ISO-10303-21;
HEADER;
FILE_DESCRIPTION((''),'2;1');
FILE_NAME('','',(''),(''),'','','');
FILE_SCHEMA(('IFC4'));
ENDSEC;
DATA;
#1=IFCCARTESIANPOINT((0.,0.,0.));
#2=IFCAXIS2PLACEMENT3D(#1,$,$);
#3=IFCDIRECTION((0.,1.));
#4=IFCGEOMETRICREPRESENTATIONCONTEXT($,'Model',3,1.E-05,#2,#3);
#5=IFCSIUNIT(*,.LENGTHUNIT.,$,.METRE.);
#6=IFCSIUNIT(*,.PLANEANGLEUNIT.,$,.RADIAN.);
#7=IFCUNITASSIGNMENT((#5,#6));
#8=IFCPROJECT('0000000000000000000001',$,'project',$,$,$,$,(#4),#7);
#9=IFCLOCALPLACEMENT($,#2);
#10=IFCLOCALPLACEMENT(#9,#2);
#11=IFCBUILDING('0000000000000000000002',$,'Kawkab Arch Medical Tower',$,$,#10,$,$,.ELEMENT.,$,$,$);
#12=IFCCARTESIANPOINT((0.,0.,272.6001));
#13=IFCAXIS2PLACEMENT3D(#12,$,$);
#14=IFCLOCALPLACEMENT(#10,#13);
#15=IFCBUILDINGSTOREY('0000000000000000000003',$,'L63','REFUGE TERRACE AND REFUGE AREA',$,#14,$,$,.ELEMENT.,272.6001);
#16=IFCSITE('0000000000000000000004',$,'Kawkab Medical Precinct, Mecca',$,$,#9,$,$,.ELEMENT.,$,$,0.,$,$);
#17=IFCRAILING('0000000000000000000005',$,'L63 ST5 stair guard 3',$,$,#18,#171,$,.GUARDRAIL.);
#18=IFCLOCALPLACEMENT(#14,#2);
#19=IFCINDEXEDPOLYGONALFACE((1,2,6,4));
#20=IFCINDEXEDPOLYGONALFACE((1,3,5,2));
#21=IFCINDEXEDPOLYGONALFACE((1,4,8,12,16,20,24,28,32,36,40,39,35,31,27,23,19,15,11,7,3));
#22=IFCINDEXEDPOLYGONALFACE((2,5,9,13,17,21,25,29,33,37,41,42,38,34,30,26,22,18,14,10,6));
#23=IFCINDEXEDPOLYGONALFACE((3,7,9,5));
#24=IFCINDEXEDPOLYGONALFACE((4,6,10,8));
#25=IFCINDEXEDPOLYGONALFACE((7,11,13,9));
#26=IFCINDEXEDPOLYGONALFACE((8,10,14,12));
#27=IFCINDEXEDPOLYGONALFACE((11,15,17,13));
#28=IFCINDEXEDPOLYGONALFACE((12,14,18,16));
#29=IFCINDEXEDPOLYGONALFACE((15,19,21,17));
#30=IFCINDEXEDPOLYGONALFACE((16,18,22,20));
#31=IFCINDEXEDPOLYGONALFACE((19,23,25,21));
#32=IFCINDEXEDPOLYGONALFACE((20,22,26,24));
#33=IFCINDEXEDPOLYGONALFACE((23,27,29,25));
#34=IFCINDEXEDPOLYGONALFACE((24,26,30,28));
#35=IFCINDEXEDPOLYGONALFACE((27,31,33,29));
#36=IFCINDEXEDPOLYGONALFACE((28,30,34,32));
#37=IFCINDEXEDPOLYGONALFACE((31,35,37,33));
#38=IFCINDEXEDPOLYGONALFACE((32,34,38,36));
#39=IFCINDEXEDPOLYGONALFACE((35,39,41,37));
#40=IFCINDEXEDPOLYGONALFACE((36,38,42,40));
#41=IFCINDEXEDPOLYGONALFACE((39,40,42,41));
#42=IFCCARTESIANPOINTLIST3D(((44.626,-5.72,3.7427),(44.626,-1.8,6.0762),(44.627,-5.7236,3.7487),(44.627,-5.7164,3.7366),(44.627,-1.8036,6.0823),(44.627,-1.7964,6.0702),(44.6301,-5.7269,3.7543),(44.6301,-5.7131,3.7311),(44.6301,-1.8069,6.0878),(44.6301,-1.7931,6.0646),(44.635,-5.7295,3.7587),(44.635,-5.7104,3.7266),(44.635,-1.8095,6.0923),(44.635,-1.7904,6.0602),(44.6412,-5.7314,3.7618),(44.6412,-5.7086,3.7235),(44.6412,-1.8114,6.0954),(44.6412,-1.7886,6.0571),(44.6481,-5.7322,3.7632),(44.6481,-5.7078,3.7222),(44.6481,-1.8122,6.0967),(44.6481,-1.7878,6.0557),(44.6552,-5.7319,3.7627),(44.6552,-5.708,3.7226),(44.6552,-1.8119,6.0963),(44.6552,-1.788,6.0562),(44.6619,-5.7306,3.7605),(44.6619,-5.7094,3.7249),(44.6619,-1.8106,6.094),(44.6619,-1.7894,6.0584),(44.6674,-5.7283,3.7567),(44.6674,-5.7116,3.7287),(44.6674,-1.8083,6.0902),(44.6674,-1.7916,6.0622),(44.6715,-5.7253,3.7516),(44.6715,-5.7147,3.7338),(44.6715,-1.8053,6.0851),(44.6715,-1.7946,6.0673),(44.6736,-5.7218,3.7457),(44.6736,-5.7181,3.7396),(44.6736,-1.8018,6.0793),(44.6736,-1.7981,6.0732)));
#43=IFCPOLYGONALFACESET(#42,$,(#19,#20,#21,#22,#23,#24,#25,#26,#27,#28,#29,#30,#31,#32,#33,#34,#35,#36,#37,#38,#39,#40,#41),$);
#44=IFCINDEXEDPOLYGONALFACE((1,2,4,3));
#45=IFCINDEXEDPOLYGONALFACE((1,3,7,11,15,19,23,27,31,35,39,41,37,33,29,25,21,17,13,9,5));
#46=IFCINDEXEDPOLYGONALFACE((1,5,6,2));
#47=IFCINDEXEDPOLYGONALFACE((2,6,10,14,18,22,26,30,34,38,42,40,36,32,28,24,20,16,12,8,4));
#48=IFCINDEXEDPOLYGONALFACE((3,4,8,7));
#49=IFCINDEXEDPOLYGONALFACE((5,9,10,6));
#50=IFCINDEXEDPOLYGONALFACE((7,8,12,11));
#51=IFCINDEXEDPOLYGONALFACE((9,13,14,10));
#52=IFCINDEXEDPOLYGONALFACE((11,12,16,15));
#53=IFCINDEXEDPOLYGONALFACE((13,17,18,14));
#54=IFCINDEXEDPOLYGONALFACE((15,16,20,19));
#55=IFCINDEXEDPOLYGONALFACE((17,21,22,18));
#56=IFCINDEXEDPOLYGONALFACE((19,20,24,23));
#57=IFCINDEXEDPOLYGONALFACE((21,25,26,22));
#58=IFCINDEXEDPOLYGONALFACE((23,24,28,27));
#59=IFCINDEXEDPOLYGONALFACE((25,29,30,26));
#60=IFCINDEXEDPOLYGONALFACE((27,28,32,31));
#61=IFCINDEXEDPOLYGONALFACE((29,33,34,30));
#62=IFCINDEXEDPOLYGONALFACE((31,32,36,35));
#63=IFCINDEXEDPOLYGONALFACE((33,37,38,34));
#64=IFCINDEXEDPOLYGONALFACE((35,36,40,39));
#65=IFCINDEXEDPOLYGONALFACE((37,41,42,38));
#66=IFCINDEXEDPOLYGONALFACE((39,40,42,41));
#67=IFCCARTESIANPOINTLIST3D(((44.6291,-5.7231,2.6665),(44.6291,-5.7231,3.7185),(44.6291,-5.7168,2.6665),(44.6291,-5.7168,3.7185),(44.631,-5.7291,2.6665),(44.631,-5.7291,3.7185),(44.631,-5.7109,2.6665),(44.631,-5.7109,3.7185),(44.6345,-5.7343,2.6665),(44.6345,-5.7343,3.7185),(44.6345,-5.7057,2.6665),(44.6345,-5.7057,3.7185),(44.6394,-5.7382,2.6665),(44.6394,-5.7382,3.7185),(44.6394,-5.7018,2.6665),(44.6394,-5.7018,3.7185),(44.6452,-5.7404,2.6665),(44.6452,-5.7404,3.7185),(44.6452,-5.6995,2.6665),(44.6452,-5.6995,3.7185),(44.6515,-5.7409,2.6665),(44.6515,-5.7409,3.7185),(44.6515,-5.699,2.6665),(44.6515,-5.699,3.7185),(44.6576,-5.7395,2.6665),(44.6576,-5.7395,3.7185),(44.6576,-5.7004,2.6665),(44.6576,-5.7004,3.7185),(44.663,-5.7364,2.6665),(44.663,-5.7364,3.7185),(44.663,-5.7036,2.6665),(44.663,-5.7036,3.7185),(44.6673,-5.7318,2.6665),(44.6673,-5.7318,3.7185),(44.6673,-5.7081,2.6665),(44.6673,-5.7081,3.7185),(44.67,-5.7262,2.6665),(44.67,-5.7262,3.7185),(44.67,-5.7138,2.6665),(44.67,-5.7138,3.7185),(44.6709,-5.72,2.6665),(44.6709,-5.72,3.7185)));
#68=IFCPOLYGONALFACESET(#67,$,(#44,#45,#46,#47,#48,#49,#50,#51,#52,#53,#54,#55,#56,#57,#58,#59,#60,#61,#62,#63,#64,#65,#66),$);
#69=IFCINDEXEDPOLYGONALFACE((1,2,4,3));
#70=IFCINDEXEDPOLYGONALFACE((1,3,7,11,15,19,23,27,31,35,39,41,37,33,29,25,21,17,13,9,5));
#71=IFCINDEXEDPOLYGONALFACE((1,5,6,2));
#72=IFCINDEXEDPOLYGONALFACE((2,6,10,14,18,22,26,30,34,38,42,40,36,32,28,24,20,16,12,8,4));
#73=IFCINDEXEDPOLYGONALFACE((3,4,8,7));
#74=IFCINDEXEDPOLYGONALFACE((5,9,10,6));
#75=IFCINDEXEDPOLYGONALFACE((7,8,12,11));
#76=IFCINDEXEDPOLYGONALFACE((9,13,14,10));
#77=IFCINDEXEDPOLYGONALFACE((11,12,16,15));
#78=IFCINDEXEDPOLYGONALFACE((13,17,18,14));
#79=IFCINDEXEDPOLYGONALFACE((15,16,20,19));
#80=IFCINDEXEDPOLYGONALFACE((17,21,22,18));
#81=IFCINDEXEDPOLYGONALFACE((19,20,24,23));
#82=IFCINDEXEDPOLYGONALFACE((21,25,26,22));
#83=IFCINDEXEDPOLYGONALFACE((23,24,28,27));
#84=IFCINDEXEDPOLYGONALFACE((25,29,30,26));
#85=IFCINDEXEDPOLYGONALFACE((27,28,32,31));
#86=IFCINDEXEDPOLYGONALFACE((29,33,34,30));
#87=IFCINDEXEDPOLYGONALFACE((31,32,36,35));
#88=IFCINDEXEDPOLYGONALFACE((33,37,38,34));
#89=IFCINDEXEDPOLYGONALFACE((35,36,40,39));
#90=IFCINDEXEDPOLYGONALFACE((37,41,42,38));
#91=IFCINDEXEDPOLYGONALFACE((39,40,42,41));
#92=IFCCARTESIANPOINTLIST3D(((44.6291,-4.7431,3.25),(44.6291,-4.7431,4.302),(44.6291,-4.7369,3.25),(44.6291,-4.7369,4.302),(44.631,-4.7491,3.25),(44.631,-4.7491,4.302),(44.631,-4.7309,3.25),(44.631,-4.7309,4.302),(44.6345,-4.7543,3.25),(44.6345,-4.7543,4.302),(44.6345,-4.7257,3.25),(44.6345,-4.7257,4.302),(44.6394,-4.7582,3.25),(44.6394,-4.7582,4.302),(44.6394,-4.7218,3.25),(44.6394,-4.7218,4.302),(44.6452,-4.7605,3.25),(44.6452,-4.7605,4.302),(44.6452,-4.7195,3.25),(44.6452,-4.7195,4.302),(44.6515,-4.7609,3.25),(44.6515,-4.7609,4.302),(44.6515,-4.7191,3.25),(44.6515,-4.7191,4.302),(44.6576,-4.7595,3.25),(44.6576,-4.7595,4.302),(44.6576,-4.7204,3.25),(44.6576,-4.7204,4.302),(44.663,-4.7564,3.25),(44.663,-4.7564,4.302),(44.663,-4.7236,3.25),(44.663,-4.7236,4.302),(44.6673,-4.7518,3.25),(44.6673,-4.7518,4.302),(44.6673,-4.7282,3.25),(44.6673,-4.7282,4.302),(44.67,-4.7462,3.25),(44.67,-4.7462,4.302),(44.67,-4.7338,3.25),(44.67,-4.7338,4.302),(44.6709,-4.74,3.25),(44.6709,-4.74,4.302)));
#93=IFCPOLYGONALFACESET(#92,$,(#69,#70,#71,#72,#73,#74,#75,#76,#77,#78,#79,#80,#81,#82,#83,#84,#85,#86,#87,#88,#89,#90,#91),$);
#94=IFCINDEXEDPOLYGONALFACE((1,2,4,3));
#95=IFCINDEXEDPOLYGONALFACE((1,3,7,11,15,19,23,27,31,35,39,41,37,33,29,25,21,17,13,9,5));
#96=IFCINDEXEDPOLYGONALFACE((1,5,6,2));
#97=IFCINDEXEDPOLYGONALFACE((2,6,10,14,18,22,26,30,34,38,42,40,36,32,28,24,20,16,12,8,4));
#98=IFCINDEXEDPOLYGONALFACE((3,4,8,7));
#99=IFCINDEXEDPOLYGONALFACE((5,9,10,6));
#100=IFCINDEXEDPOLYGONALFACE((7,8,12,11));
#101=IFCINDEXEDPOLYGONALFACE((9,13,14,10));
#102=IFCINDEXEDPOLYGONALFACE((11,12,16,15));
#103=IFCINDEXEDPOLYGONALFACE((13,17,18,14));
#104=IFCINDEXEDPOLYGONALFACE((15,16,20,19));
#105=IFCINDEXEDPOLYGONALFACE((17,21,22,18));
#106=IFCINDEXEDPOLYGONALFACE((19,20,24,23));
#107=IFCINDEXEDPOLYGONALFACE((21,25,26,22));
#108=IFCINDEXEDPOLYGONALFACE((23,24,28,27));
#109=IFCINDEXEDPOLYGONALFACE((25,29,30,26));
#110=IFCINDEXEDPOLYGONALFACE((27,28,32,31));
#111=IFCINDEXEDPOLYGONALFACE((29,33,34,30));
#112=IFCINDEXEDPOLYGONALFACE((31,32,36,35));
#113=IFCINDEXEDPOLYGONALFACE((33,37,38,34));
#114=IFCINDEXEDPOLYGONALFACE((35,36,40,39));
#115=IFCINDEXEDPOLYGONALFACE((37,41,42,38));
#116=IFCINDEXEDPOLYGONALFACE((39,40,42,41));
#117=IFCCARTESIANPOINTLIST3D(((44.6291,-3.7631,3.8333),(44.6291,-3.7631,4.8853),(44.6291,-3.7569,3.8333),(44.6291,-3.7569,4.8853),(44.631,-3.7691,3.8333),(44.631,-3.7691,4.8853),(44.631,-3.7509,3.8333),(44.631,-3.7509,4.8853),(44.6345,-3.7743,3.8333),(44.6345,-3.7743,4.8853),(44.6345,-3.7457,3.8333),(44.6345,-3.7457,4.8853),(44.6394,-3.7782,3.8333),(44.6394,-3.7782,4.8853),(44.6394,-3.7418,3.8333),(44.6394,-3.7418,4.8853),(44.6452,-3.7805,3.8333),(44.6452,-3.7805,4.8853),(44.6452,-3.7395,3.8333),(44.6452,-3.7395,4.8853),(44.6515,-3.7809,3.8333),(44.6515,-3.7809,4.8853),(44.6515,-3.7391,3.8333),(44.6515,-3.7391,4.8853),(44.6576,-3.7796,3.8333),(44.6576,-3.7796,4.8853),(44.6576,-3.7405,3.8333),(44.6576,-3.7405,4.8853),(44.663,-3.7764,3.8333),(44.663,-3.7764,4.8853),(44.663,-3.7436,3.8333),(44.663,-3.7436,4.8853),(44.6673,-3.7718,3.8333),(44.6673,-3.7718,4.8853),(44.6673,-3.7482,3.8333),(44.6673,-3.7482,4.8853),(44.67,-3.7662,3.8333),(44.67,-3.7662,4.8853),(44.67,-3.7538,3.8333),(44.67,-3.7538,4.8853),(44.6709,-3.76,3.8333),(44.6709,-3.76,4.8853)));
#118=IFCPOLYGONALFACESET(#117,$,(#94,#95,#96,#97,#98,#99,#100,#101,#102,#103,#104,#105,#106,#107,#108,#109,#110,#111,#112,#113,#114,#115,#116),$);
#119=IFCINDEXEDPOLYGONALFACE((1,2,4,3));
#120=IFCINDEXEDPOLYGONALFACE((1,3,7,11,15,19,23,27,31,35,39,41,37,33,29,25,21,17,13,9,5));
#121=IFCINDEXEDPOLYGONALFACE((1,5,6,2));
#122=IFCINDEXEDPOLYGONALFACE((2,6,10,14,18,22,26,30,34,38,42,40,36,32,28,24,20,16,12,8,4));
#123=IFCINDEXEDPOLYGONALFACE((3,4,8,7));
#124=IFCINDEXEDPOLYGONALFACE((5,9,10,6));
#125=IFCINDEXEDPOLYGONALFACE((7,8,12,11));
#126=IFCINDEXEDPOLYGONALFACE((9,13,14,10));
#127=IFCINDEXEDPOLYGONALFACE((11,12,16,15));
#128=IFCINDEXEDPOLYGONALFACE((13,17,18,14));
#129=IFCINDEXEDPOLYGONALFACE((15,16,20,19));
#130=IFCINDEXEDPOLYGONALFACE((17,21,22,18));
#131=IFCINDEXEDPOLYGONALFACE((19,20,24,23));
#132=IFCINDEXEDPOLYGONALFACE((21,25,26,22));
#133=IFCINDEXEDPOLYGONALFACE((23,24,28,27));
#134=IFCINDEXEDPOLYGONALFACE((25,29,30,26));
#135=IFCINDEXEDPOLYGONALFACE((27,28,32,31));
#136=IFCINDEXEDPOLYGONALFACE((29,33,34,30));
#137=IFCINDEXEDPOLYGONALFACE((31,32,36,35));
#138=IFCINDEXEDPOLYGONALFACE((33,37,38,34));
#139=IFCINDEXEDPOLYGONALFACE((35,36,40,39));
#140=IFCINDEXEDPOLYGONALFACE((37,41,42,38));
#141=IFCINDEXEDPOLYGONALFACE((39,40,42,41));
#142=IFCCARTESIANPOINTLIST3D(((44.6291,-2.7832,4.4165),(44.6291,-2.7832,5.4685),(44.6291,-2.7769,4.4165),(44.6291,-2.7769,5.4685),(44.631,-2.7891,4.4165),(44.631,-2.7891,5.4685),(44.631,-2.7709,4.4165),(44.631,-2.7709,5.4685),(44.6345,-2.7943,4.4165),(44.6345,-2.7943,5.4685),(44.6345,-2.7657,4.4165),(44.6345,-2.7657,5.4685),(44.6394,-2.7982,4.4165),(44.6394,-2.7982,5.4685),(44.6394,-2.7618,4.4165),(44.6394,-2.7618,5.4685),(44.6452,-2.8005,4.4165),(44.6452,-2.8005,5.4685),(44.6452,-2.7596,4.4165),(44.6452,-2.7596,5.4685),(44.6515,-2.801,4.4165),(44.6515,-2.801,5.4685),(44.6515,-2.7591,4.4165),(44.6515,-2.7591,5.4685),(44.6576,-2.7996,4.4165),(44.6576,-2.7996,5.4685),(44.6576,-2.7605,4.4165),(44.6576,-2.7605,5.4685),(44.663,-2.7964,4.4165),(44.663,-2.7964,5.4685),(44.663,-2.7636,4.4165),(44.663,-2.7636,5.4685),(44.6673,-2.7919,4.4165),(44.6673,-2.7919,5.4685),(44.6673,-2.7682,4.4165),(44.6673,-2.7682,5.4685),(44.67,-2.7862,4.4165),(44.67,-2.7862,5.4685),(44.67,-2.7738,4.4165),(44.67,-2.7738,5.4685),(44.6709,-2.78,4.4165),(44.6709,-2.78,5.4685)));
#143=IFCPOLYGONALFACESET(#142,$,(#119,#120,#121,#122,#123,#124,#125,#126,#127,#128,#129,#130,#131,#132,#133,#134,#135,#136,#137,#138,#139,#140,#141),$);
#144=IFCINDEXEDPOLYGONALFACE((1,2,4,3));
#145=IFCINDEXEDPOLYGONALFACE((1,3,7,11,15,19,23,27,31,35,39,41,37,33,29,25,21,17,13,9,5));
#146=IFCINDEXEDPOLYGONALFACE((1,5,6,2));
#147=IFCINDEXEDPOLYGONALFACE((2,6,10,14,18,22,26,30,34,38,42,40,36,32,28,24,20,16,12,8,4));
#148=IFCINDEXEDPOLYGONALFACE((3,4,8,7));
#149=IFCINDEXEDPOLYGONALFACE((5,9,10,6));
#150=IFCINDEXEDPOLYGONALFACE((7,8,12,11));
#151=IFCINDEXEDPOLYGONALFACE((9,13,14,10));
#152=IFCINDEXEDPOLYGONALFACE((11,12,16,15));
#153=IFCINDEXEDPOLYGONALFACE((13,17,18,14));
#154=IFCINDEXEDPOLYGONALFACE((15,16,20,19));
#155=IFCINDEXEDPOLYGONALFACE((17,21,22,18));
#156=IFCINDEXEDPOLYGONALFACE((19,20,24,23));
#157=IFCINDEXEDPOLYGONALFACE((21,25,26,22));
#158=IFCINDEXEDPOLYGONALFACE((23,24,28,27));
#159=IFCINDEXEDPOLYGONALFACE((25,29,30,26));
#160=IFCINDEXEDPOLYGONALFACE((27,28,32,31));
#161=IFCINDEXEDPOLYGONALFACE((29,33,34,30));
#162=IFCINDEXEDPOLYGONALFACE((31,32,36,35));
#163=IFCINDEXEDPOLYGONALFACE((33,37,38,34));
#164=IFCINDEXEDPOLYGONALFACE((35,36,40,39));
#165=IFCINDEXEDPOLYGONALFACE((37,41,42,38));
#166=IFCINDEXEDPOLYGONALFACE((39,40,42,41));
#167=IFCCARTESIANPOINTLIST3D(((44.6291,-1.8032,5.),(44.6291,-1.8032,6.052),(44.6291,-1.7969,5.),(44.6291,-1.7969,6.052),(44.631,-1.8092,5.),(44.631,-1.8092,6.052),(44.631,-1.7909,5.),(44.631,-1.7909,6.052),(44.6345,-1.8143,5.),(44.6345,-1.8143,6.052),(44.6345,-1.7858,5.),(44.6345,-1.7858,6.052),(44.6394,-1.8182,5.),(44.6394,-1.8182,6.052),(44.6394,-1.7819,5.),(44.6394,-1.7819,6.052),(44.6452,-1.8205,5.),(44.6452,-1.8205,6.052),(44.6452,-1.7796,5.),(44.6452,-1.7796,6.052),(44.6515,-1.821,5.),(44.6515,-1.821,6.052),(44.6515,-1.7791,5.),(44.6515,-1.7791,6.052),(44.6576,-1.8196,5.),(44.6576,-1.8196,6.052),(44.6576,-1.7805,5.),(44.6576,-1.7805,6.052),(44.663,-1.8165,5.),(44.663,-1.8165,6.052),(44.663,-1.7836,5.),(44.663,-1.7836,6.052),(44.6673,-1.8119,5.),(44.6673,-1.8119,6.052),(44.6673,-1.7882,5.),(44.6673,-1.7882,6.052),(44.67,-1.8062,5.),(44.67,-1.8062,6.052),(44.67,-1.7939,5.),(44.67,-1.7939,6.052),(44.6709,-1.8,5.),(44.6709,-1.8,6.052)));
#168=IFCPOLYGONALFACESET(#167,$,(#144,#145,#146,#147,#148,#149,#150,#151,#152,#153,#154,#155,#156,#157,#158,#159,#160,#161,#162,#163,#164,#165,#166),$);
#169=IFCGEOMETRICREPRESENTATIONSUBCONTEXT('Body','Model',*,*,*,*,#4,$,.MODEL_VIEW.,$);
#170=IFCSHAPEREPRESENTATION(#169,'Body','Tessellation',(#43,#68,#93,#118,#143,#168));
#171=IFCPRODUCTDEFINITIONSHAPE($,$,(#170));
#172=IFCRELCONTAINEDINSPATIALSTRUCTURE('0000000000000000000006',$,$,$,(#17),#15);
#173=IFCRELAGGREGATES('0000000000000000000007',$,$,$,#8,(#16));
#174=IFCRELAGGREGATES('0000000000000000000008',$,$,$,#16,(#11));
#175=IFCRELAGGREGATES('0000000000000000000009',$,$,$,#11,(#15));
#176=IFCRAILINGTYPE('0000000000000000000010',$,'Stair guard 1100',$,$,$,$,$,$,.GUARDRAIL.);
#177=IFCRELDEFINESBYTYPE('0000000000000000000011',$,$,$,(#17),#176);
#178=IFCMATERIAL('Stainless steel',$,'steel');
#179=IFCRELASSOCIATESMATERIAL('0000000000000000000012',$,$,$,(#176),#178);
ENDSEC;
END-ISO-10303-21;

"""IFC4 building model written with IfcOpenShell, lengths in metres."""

from ifc_helpers import new_model, si_unit, direction, frame, origin, origin_2d, place, context, subcontext, project, spatial, circle, extrude, material, type_object, element, save


model = new_model("IFC4")

# Units and contexts
model_context = context("Model", 3, precision=1e-05, world=origin(), true_north=direction((0.0, 1.0)))
body_context = subcontext(model_context, "Body", "Model", "MODEL_VIEW")
ifc_project = project(units=[si_unit("LENGTHUNIT", "METRE"), si_unit("PLANEANGLEUNIT", "RADIAN")], contexts=[model_context])

# Site, building, storey
site_placement = place(None, origin())
site = spatial("IfcSite", under=ifc_project, at=site_placement, Name="Kawkab Medical Precinct, Mecca", CompositionType="ELEMENT", RefElevation=0.0)
building_placement = place(site_placement, origin())
building = spatial("IfcBuilding", under=site, at=building_placement, Name="Kawkab Arch Medical Tower", CompositionType="ELEMENT")
storey_placement = place(building_placement, frame((0.0, 0.0, 272.6001)))
storey = spatial("IfcBuildingStorey", under=building, at=storey_placement, Name="L63", Description="REFUGE TERRACE AND REFUGE AREA", CompositionType="ELEMENT", Elevation=272.6001)

# Railing
ifc_material_1 = material(Name="Stainless steel", Category="steel")
railing_type_1 = type_object("IfcRailingType", Name="Stair guard 1100", PredefinedType="GUARDRAIL", material=ifc_material_1)
railing_1_placement = place(storey_placement, frame((44.6499, -5.72, 2.6665)))
element("IfcRailing", 1, at=railing_1_placement, inside=storey, type_object=railing_type_1, Name="L63 ST5 stair guard 3", PredefinedType="GUARDRAIL", context=body_context, shape_type="SweptSolid", body=[
    extrude(circle(Radius=0.0239, at=origin_2d()), frame((0.0, 0.0, 1.0762), z_axis=(0.0, 0.859273, 0.511518), x_axis=(-1.0, 0.0, 0.0)), (0.0, 0.0, 1.0), 4.562),
    extrude(circle(Radius=0.021, at=origin_2d()), origin(), (0.0, 0.0, 1.0), 1.052),
    extrude(circle(Radius=0.021, at=origin_2d()), frame((0.0, 0.98, 0.5835)), (0.0, 0.0, 1.0), 1.052),
    extrude(circle(Radius=0.021, at=origin_2d()), frame((0.0, 1.96, 1.1667)), (0.0, 0.0, 1.0), 1.052),
    extrude(circle(Radius=0.021, at=origin_2d()), frame((0.0, 2.9399, 1.75)), (0.0, 0.0, 1.0), 1.052),
    extrude(circle(Radius=0.021, at=origin_2d()), frame((0.0, 3.9199, 2.3335)), (0.0, 0.0, 1.0), 1.052),
])

save(model, "model.ifc")
